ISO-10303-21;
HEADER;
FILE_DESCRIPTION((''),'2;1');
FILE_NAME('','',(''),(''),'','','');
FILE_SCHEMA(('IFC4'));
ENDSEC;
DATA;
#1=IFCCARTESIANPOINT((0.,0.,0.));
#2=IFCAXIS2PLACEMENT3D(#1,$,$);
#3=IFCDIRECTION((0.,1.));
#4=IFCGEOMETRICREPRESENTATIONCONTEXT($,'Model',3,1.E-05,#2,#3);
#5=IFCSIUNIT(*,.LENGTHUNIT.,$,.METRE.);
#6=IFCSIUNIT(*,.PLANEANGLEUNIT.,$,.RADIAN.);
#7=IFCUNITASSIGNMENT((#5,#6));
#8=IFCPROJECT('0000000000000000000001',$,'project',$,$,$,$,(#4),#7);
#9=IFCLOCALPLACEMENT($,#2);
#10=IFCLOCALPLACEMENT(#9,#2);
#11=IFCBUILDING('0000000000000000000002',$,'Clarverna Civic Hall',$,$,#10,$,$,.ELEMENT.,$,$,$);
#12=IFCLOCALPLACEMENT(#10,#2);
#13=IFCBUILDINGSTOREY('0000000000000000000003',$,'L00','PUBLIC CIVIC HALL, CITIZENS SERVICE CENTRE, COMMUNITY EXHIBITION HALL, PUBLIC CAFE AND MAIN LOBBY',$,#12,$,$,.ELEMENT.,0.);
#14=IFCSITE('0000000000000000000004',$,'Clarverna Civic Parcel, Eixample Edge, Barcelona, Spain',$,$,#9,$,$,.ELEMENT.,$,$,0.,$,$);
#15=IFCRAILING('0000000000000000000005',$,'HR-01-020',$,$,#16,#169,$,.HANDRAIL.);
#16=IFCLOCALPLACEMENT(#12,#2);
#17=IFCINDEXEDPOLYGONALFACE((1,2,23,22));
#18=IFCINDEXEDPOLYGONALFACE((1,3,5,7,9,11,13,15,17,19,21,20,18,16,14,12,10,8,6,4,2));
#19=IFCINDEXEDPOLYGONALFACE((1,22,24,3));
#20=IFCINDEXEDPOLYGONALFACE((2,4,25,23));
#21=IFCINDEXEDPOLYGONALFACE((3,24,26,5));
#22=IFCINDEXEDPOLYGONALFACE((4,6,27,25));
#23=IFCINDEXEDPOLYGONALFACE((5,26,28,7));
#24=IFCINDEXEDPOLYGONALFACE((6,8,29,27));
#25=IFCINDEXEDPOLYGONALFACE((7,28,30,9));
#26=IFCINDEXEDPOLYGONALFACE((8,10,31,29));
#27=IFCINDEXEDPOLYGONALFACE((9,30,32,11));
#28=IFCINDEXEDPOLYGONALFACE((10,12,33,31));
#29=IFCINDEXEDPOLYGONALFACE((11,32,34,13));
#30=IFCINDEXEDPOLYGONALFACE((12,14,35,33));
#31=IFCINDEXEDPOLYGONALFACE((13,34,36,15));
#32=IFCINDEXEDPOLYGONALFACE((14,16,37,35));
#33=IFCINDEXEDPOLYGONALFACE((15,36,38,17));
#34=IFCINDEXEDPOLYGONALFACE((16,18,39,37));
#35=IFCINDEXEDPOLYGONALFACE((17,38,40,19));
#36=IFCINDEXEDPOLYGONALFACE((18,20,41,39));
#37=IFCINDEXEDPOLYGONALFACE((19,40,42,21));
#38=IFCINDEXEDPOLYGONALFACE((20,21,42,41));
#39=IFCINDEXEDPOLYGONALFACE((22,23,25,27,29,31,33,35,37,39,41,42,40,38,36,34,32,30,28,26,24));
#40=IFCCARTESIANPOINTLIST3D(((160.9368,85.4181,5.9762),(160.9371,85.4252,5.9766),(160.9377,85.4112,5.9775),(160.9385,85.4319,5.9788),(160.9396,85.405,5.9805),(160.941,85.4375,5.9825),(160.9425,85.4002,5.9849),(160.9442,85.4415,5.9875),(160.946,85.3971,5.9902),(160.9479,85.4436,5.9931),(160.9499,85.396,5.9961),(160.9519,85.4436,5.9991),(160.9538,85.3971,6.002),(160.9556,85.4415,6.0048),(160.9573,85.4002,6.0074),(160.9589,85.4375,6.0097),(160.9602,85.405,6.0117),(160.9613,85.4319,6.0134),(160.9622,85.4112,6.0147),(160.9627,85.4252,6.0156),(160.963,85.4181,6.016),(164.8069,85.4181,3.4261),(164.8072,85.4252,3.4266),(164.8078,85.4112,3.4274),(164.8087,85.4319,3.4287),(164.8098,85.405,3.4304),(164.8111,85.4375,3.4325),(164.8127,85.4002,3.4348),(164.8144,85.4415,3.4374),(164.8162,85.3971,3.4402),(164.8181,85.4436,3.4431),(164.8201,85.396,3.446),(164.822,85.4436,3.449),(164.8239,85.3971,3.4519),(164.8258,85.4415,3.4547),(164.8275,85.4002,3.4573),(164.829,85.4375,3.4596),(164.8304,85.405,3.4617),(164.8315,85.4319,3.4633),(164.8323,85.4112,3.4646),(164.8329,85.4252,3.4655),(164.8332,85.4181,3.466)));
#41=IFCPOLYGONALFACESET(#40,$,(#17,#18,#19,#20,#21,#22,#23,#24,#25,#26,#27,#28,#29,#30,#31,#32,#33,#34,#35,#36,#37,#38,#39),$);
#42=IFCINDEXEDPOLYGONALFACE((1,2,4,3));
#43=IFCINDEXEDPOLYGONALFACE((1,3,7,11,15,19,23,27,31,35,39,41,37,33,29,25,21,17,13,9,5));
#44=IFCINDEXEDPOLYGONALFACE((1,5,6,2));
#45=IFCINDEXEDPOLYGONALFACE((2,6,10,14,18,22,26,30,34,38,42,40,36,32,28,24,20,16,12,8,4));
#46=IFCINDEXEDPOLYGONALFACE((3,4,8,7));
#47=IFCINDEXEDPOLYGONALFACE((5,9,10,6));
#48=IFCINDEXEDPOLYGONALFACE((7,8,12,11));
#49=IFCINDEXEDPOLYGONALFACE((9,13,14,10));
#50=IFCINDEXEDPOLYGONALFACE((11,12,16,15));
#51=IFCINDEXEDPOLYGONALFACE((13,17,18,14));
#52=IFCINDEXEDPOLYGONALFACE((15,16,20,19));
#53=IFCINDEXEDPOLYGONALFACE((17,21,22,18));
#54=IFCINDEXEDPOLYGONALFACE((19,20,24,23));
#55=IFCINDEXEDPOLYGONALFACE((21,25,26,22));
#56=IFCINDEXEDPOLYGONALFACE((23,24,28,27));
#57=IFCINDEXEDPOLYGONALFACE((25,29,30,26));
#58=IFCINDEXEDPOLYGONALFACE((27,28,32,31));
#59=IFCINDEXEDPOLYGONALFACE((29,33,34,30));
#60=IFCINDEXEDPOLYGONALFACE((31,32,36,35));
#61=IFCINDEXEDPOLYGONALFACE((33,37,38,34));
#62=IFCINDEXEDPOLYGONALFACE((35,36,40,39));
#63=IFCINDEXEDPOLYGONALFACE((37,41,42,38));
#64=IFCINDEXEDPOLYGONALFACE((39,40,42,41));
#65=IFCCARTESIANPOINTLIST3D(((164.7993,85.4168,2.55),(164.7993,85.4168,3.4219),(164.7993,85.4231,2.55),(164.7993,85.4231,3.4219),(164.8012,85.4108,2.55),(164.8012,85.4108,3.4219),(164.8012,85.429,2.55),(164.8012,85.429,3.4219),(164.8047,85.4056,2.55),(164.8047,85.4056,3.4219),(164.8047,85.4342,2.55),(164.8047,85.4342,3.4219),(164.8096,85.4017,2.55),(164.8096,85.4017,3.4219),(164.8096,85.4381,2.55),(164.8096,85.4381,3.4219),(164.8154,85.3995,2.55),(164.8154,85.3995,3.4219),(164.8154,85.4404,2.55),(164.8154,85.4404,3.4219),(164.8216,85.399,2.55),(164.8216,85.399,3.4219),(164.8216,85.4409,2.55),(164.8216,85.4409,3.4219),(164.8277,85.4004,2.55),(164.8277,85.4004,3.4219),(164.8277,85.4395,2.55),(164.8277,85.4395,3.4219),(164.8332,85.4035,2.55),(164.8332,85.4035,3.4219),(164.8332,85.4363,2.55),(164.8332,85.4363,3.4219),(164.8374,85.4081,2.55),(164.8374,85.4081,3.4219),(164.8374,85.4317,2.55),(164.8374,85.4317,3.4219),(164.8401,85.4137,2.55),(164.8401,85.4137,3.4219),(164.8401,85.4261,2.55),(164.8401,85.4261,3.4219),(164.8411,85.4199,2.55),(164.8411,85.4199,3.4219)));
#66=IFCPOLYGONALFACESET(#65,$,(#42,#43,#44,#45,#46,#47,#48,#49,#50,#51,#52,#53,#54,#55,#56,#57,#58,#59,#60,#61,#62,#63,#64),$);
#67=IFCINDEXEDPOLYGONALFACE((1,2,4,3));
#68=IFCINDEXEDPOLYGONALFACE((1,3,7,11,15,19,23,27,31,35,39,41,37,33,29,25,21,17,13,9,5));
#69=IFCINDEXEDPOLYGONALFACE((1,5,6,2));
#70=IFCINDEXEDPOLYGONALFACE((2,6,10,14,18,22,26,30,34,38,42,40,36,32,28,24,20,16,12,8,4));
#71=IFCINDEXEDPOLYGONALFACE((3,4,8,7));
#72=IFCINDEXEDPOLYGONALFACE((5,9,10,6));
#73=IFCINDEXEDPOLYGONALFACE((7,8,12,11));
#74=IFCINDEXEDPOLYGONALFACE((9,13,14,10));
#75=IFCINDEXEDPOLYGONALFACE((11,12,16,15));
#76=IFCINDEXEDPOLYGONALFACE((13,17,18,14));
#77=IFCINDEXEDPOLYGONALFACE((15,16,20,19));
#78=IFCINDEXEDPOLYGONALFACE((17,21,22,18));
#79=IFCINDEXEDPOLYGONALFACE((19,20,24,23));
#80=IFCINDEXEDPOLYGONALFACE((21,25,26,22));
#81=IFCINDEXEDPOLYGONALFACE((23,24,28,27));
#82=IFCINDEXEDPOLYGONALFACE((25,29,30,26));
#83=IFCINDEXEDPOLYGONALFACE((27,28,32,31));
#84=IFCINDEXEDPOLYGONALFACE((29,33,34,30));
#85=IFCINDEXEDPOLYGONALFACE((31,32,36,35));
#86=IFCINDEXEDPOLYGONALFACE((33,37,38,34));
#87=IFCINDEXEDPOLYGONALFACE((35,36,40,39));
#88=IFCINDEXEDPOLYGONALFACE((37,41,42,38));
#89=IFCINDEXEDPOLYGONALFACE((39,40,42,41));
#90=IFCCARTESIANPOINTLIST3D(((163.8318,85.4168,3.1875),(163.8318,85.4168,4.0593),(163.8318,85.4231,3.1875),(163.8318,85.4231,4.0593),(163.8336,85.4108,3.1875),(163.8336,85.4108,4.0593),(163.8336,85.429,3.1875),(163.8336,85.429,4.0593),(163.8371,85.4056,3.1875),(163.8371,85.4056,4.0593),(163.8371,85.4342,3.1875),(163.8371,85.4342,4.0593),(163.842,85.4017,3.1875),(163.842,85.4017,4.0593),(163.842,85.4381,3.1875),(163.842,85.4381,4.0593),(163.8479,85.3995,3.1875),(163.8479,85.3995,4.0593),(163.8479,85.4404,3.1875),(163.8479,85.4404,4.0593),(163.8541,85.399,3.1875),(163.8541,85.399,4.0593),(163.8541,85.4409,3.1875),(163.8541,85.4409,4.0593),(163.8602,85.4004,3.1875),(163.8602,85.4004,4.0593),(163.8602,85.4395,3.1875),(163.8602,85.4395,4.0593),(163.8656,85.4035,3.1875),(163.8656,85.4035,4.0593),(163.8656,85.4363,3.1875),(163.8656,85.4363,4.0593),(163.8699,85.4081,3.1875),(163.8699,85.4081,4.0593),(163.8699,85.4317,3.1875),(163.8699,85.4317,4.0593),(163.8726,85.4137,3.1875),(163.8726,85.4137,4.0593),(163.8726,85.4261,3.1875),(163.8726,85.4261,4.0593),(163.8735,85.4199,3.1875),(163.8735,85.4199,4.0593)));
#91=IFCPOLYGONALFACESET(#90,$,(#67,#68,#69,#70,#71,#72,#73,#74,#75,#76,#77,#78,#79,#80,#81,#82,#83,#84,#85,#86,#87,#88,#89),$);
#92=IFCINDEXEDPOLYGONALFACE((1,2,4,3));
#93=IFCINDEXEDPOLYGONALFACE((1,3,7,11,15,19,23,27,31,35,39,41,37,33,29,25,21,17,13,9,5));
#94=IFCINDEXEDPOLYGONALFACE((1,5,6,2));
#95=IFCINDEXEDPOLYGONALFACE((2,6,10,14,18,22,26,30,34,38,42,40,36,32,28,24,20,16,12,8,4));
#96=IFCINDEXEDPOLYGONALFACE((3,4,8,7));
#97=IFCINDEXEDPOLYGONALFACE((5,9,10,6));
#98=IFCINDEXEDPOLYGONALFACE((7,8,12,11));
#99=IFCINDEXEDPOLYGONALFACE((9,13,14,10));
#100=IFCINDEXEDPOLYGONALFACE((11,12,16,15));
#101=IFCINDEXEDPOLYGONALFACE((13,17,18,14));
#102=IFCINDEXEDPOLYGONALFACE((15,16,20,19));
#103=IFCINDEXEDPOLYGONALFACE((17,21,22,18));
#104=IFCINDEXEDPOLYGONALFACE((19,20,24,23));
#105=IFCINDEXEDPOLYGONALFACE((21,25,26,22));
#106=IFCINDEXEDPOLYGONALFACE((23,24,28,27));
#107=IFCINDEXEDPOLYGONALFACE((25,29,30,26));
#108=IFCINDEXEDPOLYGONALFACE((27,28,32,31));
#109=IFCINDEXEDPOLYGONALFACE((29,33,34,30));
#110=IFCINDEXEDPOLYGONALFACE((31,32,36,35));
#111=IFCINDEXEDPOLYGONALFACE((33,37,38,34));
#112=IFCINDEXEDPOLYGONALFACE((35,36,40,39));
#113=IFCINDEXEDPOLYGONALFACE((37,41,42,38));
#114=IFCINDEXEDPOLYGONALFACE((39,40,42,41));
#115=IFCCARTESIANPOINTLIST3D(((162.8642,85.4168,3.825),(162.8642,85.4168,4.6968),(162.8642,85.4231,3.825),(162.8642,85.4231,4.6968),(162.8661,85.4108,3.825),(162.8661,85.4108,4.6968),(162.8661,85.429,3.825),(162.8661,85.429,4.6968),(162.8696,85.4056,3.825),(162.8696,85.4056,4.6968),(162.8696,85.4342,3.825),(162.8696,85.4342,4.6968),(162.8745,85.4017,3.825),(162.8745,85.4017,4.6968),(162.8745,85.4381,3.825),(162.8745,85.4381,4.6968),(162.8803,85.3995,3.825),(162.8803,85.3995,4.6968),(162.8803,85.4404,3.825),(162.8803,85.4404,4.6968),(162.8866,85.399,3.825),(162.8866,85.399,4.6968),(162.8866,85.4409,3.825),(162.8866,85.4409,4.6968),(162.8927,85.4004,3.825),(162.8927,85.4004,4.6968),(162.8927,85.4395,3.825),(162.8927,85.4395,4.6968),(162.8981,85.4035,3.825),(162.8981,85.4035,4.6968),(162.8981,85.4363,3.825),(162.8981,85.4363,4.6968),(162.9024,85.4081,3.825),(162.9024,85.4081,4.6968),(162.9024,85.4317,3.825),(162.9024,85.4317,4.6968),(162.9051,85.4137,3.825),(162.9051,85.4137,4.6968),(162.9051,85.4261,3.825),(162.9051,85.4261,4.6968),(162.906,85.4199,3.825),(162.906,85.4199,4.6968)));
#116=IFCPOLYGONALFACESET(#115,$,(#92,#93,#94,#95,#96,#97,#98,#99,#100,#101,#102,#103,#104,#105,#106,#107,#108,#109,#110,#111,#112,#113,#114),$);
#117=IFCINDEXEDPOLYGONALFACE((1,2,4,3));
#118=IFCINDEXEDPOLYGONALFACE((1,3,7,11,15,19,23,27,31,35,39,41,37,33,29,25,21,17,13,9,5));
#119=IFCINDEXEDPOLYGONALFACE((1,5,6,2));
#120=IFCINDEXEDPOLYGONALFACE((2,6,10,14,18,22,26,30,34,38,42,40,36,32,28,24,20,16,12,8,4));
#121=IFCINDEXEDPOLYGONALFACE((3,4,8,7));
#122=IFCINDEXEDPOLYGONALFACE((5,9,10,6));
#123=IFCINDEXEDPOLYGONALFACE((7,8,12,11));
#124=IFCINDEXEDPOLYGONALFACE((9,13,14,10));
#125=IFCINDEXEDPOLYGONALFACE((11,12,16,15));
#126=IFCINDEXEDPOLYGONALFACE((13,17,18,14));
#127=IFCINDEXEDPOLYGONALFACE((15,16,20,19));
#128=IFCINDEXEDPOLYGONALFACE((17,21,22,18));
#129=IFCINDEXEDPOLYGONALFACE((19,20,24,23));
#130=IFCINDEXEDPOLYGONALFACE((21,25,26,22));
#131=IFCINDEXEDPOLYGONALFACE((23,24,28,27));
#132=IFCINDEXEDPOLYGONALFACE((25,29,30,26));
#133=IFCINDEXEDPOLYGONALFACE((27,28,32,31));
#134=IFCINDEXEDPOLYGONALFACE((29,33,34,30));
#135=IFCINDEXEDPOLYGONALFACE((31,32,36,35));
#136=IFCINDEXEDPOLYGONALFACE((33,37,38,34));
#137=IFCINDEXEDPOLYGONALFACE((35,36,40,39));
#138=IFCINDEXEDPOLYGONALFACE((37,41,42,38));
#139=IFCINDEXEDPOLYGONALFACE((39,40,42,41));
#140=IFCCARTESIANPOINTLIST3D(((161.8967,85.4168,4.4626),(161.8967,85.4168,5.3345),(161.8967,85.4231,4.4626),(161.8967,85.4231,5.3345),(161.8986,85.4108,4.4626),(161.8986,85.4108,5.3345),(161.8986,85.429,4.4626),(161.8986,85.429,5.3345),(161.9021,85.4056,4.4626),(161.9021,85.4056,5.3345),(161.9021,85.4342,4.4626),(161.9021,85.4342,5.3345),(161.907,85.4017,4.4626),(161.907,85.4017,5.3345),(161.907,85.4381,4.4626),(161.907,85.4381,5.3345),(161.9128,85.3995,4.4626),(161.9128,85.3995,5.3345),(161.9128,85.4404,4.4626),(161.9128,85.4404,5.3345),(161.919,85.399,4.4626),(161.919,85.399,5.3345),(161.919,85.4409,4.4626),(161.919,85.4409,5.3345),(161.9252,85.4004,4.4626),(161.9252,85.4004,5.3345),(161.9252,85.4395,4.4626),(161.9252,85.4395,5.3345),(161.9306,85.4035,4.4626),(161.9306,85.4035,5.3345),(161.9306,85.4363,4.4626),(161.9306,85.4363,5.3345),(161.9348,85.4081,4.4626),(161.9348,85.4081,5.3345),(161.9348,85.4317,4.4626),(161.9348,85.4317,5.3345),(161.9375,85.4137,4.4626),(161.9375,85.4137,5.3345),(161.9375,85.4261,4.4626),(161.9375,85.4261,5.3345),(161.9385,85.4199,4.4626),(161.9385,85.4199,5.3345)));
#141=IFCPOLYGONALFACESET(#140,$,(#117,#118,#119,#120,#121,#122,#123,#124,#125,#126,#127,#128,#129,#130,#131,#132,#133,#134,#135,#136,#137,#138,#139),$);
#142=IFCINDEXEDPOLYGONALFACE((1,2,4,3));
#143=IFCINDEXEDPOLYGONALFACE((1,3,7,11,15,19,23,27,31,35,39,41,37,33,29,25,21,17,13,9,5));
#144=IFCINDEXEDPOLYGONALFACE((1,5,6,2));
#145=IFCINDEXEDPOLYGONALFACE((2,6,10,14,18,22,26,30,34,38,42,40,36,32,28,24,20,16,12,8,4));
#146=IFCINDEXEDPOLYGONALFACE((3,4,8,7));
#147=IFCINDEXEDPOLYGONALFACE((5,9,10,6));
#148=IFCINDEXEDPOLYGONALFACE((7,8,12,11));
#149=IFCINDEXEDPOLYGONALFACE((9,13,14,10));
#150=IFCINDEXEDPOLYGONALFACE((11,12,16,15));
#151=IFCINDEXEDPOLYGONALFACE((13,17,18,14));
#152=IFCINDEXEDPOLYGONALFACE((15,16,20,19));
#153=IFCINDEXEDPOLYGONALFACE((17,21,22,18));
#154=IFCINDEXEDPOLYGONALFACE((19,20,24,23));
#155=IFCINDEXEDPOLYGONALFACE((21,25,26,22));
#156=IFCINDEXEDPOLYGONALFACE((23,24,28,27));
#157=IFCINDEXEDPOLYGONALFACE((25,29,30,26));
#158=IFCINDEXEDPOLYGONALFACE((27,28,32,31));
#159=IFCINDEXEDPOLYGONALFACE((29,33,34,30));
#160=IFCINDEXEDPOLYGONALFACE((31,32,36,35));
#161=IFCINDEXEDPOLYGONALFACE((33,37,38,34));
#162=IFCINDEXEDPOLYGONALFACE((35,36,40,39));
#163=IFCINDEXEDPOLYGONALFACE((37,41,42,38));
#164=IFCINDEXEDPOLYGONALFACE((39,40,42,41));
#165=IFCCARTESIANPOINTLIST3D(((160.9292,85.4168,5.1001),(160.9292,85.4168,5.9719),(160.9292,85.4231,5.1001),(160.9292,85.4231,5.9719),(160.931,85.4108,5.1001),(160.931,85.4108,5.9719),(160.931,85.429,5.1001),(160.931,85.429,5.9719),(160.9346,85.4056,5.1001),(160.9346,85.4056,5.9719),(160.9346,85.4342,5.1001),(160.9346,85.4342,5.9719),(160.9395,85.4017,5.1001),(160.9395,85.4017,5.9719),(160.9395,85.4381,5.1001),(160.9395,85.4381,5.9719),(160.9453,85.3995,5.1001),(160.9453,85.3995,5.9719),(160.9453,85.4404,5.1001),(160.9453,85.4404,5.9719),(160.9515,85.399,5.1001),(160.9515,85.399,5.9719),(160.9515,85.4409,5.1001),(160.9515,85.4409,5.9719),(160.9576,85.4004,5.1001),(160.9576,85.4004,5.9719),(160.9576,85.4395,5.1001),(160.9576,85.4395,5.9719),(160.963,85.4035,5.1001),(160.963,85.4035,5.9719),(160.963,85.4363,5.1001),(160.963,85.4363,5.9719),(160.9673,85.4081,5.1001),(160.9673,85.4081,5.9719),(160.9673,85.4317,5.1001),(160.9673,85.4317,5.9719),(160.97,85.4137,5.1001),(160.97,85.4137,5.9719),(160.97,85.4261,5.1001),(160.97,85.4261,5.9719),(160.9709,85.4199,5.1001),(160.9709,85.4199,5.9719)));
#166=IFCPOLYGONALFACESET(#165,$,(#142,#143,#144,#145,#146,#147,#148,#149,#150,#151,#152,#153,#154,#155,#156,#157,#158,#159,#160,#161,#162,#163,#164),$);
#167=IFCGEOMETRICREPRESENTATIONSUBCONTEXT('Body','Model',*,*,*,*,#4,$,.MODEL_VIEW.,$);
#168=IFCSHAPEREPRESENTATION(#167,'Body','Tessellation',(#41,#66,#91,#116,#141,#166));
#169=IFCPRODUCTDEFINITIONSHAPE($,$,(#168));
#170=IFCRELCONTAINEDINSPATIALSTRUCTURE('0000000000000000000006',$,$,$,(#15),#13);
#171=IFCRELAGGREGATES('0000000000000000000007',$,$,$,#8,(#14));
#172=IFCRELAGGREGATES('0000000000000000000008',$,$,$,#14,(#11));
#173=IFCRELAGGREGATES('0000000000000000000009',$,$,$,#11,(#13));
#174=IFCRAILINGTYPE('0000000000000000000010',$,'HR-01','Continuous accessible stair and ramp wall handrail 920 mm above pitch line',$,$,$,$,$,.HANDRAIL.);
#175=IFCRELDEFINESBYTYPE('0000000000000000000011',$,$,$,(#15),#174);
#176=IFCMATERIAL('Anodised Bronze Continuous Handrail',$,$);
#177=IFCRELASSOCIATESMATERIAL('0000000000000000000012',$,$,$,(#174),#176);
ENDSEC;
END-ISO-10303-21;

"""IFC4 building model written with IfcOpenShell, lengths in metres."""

from ifc_helpers import new_model, si_unit, direction, frame, origin, origin_2d, place, context, subcontext, project, spatial, circle, extrude, material, type_object, element, save


model = new_model("IFC4")

# Units and contexts
model_context = context("Model", 3, precision=1e-05, world=origin(), true_north=direction((0.0, 1.0)))
body_context = subcontext(model_context, "Body", "Model", "MODEL_VIEW")
ifc_project = project(units=[si_unit("LENGTHUNIT", "METRE"), si_unit("PLANEANGLEUNIT", "RADIAN")], contexts=[model_context])

# Site, building, storey
site_placement = place(None, origin())
site = spatial("IfcSite", under=ifc_project, at=site_placement, Name="Clarverna Civic Parcel, Eixample Edge, Barcelona, Spain", CompositionType="ELEMENT", RefElevation=0.0)
building_placement = place(site_placement, origin())
building = spatial("IfcBuilding", under=site, at=building_placement, Name="Clarverna Civic Hall", CompositionType="ELEMENT")
storey_placement = place(building_placement, origin())
storey = spatial("IfcBuildingStorey", under=building, at=storey_placement, Name="L00", Description="PUBLIC CIVIC HALL, CITIZENS SERVICE CENTRE, COMMUNITY EXHIBITION HALL, PUBLIC CAFE AND MAIN LOBBY", CompositionType="ELEMENT", Elevation=0.0)

# Railing
ifc_material_1 = material(Name="Anodised Bronze Continuous Handrail")
railing_type_1 = type_object("IfcRailingType", Name="HR-01", Description="Continuous accessible stair and ramp wall handrail 920 mm above pitch line", PredefinedType="HANDRAIL", material=ifc_material_1)
railing_1_placement = place(storey_placement, frame((164.8201, 85.4199, 2.55)))
element("IfcRailing", 1, at=railing_1_placement, inside=storey, type_object=railing_type_1, Name="HR-01-020", PredefinedType="HANDRAIL", context=body_context, shape_type="SweptSolid", body=[
    extrude(circle(Radius=0.0239, at=origin_2d()), frame((0.0, 0.0, 0.896), z_axis=(-0.835029, 0.0, 0.550207), x_axis=(0.0, -1.0, 0.0)), (0.0, 0.0, 1.0), 4.6348),
    extrude(circle(Radius=0.021, at=origin_2d()), origin(), (0.0, 0.0, 1.0), 0.8718),
    extrude(circle(Radius=0.021, at=origin_2d()), frame((-0.9675, 0.0, 0.6375)), (0.0, 0.0, 1.0), 0.8718),
    extrude(circle(Radius=0.021, at=origin_2d()), frame((-1.9351, 0.0, 1.2749)), (0.0, 0.0, 1.0), 0.8718),
    extrude(circle(Radius=0.021, at=origin_2d()), frame((-2.9026, 0.0, 1.9126)), (0.0, 0.0, 1.0), 0.8718),
    extrude(circle(Radius=0.021, at=origin_2d()), frame((-3.8701, 0.0, 2.55)), (0.0, 0.0, 1.0), 0.8718),
])

save(model, "model.ifc")
